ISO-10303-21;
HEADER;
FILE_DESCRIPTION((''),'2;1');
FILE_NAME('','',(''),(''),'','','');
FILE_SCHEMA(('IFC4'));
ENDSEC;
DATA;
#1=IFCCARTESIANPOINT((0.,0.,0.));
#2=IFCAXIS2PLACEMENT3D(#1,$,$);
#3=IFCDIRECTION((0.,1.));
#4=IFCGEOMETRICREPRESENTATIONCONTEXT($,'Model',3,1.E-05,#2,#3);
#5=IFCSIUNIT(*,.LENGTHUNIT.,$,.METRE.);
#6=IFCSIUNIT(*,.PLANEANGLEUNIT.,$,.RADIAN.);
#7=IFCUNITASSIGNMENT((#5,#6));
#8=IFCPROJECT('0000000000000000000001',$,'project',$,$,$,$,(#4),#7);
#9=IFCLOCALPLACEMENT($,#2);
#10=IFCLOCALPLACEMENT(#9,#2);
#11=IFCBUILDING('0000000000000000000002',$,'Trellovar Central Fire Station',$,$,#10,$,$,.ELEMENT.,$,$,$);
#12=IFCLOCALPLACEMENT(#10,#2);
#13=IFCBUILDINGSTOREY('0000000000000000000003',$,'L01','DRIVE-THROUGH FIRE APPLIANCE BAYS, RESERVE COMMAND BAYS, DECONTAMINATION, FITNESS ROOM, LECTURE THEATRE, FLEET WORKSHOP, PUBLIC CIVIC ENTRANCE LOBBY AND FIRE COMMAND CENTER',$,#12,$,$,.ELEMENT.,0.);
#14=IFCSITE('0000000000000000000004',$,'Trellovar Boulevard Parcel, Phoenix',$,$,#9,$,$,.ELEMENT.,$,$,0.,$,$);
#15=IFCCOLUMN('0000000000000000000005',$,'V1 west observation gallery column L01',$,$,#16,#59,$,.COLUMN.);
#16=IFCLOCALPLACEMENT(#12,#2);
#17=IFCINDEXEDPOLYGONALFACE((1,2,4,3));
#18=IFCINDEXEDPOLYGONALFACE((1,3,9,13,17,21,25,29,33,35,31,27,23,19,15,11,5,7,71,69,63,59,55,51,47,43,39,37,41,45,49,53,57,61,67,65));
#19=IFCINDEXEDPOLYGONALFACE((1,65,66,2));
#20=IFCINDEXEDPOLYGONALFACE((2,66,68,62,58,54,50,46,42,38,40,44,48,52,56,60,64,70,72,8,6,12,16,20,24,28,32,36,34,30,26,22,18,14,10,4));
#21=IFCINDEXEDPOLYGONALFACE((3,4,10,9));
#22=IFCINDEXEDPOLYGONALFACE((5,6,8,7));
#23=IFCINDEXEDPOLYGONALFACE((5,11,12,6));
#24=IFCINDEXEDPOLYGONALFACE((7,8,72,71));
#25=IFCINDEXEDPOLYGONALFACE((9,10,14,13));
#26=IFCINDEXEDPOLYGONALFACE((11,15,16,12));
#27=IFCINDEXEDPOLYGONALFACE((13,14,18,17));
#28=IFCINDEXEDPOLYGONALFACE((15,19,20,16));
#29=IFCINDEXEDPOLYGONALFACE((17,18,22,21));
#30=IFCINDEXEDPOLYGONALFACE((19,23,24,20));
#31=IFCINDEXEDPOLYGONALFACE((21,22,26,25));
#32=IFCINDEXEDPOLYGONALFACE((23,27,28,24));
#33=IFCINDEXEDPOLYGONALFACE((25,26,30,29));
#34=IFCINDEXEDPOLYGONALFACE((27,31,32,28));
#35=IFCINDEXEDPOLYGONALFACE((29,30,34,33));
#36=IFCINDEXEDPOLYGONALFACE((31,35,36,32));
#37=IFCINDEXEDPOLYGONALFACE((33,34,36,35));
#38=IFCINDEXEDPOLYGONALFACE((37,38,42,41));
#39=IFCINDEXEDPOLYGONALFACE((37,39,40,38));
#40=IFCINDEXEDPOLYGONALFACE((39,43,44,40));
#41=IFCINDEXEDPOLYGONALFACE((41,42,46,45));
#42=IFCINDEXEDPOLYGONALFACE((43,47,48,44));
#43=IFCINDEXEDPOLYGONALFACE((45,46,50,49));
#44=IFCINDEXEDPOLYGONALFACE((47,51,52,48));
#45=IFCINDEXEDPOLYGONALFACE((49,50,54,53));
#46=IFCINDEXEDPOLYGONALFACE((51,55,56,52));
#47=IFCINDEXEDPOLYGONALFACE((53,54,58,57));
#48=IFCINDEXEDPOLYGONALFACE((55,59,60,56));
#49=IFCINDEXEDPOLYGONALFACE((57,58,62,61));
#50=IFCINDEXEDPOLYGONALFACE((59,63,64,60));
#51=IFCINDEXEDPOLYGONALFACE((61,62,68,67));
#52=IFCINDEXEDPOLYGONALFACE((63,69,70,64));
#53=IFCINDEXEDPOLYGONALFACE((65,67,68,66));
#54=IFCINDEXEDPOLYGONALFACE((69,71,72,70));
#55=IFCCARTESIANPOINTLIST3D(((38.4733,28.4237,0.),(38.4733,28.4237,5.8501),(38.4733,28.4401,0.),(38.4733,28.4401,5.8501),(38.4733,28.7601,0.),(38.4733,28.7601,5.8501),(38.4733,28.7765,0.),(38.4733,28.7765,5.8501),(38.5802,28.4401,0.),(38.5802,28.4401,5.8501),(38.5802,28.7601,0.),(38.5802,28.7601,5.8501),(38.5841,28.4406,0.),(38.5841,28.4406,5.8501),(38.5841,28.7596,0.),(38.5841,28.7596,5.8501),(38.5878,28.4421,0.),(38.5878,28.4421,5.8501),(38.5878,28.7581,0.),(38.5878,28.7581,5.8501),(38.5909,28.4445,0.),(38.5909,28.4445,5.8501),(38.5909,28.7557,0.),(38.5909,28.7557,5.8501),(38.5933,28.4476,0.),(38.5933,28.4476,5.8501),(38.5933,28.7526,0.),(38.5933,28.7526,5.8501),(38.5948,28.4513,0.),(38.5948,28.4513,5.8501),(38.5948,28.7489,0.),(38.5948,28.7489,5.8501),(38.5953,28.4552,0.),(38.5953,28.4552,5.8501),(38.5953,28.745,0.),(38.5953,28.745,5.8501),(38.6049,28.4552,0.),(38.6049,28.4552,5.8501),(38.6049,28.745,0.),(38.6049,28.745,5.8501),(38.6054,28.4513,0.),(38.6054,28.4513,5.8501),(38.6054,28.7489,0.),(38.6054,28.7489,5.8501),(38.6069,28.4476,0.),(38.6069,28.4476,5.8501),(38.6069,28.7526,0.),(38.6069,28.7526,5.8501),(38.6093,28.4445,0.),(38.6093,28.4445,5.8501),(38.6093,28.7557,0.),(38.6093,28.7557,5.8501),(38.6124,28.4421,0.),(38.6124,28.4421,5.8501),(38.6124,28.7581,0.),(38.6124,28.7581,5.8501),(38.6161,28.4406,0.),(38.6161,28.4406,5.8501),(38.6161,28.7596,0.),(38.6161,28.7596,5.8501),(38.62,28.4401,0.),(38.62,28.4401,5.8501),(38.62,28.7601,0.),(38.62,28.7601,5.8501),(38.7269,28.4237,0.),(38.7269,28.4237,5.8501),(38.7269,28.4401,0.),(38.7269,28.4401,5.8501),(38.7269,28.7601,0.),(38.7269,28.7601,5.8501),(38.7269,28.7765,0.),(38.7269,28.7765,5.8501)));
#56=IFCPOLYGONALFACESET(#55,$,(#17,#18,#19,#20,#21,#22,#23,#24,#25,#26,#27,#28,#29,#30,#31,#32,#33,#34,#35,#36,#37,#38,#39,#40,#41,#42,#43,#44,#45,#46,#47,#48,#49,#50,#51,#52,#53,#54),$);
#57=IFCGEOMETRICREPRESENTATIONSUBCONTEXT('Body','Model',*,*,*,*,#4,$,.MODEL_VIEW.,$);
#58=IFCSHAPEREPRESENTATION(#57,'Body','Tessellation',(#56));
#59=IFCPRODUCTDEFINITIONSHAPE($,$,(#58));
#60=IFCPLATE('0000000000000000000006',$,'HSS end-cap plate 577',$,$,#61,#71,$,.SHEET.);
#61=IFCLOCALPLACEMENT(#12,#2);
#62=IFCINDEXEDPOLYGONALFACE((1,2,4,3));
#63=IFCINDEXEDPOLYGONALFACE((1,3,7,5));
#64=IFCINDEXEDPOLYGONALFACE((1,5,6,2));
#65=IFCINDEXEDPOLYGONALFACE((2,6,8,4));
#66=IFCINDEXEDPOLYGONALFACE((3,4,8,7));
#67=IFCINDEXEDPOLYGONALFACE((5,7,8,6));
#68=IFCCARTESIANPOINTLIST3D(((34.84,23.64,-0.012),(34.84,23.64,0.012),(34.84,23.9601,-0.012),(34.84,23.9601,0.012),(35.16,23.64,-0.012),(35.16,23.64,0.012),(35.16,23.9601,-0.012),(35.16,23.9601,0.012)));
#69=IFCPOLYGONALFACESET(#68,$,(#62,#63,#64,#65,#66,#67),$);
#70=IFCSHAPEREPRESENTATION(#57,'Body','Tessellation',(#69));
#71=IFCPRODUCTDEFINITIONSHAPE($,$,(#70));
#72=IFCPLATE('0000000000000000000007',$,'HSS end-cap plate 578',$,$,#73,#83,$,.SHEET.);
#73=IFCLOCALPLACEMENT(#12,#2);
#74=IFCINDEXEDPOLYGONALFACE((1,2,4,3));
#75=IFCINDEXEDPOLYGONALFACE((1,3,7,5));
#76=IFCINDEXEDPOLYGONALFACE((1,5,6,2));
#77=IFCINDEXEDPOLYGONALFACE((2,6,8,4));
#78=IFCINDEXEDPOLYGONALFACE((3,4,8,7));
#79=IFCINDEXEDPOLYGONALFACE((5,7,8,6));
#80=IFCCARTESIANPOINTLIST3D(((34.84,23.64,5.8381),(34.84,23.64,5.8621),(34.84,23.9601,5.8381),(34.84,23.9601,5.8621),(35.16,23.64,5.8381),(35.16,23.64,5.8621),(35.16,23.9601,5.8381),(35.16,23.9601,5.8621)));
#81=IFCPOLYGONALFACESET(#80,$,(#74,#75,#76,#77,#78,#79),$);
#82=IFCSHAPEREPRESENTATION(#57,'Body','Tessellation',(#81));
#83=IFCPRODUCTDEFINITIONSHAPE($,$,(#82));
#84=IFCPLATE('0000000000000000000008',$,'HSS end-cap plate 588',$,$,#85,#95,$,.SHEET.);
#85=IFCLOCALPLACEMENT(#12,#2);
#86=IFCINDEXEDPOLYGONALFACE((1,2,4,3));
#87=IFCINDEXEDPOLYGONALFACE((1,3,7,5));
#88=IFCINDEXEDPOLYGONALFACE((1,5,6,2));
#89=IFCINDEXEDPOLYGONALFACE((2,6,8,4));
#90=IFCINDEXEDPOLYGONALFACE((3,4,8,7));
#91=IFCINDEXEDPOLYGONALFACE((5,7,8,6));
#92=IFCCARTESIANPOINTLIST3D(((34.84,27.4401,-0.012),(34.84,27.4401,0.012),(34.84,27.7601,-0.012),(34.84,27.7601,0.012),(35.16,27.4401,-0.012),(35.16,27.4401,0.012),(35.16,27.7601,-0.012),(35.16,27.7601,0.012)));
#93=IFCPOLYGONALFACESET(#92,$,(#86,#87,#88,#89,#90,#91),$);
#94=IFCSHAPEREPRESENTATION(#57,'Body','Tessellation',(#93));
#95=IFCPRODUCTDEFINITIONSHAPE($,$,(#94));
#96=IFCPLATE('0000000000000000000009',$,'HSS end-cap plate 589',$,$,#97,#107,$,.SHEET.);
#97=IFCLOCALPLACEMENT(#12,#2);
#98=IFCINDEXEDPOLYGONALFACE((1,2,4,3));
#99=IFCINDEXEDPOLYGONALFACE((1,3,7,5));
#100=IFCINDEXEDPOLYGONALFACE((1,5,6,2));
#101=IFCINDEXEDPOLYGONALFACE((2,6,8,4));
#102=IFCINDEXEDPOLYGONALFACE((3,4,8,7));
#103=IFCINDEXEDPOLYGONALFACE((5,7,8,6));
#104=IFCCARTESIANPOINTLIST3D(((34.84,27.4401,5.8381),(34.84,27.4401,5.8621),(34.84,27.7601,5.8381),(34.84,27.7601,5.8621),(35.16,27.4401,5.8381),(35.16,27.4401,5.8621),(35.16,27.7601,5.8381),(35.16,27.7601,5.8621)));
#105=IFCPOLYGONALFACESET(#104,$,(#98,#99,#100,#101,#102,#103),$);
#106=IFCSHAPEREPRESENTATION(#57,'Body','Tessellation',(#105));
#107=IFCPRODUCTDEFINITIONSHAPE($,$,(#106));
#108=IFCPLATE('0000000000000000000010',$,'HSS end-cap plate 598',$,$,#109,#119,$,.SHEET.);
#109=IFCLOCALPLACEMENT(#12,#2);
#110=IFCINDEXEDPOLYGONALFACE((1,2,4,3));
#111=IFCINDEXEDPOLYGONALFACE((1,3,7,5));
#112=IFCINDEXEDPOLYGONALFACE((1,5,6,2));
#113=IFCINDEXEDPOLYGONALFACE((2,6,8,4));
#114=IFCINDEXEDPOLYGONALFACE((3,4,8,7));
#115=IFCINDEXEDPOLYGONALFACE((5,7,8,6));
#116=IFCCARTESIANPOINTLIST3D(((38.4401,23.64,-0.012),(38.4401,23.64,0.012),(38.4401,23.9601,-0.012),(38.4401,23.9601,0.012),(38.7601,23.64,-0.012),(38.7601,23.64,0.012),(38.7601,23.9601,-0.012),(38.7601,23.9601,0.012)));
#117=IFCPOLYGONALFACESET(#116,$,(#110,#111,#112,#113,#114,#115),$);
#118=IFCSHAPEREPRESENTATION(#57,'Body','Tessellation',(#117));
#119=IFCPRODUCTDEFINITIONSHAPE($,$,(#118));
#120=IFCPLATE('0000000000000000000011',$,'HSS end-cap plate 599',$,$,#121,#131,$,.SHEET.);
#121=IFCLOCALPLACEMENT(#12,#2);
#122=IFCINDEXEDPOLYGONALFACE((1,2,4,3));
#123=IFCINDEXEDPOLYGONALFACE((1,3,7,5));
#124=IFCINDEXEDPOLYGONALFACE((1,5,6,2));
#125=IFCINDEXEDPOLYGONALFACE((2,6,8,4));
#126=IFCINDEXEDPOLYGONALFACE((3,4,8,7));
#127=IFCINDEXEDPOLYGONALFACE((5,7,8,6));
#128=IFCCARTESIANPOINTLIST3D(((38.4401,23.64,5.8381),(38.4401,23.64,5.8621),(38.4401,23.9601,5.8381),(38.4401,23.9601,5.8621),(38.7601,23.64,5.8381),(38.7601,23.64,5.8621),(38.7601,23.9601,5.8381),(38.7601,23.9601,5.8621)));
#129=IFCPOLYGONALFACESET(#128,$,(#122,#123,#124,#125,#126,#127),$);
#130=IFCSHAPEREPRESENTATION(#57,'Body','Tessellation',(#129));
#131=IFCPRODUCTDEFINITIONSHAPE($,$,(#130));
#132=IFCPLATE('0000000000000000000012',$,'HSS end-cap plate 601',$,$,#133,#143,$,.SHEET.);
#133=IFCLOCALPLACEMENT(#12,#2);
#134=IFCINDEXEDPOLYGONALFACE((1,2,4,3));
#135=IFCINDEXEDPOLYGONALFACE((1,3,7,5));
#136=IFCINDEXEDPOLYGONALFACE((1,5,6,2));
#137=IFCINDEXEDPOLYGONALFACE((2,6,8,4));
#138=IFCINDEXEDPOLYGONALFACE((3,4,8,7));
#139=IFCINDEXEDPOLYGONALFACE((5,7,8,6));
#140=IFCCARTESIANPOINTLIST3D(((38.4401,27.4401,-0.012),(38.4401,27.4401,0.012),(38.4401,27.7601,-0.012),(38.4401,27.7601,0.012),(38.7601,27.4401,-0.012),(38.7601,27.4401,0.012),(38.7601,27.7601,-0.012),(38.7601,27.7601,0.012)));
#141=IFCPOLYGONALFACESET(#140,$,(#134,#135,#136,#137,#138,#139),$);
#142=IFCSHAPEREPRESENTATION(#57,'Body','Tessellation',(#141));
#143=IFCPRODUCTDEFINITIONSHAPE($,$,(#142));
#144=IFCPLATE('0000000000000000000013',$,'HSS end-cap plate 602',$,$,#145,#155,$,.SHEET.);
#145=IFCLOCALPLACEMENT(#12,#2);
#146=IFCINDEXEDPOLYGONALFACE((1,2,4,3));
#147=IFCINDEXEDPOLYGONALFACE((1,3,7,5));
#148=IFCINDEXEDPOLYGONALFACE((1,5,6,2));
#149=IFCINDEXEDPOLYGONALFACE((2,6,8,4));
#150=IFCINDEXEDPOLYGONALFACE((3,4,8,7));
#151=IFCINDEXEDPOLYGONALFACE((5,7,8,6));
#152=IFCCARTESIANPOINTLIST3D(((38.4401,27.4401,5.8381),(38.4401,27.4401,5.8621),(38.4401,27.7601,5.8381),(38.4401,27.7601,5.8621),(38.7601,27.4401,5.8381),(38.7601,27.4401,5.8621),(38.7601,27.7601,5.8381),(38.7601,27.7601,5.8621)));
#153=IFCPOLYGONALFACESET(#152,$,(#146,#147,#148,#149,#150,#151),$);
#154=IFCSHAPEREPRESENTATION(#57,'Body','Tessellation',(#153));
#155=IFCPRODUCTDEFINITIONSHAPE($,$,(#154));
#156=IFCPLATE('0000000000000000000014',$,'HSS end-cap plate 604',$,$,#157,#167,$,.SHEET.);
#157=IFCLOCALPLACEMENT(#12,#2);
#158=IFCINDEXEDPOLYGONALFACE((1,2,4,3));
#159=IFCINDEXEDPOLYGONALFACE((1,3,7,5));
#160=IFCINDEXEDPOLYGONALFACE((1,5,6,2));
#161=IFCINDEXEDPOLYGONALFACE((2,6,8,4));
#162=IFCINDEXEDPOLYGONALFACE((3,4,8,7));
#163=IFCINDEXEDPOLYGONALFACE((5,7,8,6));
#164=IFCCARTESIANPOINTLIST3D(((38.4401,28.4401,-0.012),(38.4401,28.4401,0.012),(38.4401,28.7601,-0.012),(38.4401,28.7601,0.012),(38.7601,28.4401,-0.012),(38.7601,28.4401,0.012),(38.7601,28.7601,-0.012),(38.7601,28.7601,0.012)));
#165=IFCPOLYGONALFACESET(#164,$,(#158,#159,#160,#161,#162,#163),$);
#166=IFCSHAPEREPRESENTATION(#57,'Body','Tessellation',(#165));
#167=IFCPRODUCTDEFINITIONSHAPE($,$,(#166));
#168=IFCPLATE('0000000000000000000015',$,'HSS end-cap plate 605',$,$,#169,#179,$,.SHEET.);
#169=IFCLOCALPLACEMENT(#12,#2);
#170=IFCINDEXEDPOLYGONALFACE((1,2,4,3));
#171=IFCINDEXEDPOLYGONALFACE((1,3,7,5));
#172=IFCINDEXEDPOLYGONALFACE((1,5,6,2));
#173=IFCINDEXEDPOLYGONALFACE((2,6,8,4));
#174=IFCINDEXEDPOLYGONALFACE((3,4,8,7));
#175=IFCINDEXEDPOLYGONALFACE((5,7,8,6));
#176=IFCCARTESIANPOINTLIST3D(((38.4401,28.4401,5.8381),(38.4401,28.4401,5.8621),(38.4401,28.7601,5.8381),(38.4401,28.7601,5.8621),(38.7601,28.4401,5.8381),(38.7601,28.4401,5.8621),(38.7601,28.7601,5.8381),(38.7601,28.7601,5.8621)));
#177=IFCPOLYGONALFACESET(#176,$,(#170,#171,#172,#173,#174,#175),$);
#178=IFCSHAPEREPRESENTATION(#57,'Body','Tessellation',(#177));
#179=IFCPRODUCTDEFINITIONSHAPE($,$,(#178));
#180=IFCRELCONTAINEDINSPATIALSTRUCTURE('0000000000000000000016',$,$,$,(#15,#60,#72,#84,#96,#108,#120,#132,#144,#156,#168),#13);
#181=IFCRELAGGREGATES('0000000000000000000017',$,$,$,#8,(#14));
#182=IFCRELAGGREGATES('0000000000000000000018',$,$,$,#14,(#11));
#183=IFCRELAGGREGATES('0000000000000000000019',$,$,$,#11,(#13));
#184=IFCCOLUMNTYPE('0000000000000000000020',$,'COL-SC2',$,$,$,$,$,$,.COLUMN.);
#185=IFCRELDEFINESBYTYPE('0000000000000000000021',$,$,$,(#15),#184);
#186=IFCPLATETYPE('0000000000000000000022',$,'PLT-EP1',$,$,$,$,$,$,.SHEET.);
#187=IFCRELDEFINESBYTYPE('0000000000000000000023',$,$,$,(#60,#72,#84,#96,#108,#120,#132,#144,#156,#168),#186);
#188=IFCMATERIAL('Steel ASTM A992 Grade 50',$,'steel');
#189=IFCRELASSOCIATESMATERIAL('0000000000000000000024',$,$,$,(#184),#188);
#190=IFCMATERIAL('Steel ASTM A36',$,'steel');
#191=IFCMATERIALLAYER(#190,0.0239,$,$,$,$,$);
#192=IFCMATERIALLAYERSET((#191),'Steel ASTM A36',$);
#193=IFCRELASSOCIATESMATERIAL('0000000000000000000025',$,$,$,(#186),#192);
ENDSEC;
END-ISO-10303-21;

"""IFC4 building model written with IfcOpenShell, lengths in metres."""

from ifc_helpers import new_model, si_unit, direction, frame, origin, origin_2d, place, context, subcontext, project, spatial, rectangle, i_section, extrude, material, layer, layer_set, material_profile, profile_set, type_object, element, save


model = new_model("IFC4")

# Units and contexts
model_context = context("Model", 3, precision=1e-05, world=origin(), true_north=direction((0.0, 1.0)))
body_context = subcontext(model_context, "Body", "Model", "MODEL_VIEW")
ifc_project = project(units=[si_unit("LENGTHUNIT", "METRE"), si_unit("PLANEANGLEUNIT", "RADIAN")], contexts=[model_context])

# Site, building, storey
site_placement = place(None, origin())
site = spatial("IfcSite", under=ifc_project, at=site_placement, Name="Trellovar Boulevard Parcel, Phoenix", CompositionType="ELEMENT", RefElevation=0.0)
building_placement = place(site_placement, origin())
building = spatial("IfcBuilding", under=site, at=building_placement, Name="Trellovar Central Fire Station", CompositionType="ELEMENT")
storey_placement = place(building_placement, origin())
storey = spatial("IfcBuildingStorey", under=building, at=storey_placement, Name="L01", Description="DRIVE-THROUGH FIRE APPLIANCE BAYS, RESERVE COMMAND BAYS, DECONTAMINATION, FITNESS ROOM, LECTURE THEATRE, FLEET WORKSHOP, PUBLIC CIVIC ENTRANCE LOBBY AND FIRE COMMAND CENTER", CompositionType="ELEMENT", Elevation=0.0)

# Column
ifc_material_1 = material(Name="Steel ASTM A992 Grade 50", Category="steel")
ifc_material_profile_1 = material_profile(ifc_material_1, i_section(OverallWidth=0.2537, OverallDepth=0.3528, WebThickness=0.0095, FlangeThickness=0.0164, FilletRadius=0.0151, at=origin_2d()), Name="W14X61")
ifc_profile_set_1 = profile_set([ifc_material_profile_1], Name="Steel ASTM A992 Grade 50")
column_type_1 = type_object("IfcColumnType", Name="COL-SC2", PredefinedType="COLUMN", material=ifc_profile_set_1)
for number, where, z_axis, x_axis, name in (
    (1, (38.6001, 28.6001, 0.0), (0.0, 0.0, 1.0), (1.0, 0.0, 0.0), "V1 west observation gallery column L01"),
):
    element("IfcColumn", number, at=place(storey_placement, frame(where, z_axis=z_axis, x_axis=x_axis)), inside=storey, type_object=column_type_1, Name=name, PredefinedType="COLUMN", context=body_context, shape_type="SweptSolid", body=[
        extrude(i_section(OverallWidth=0.2537, OverallDepth=0.3528, WebThickness=0.0095, FlangeThickness=0.0164, FilletRadius=0.0151, at=origin_2d()), origin(), (0.0, 0.0, 1.0), 5.8501),
    ])

# Plates
ifc_material_2 = material(Name="Steel ASTM A36", Category="steel")
ifc_layer_1 = layer(ifc_material_2, 0.0239)
ifc_layer_set_1 = layer_set([ifc_layer_1], Name="Steel ASTM A36")
plate_type = type_object("IfcPlateType", Name="PLT-EP1", PredefinedType="SHEET", material=ifc_layer_set_1)
for number, where, z_axis, x_axis, name in (
    (2, (35.0, 23.8, -0.012), (0.0, 0.0, 1.0), (1.0, 0.0, 0.0), "HSS end-cap plate 577"),
    (3, (35.0, 23.8, 5.8381), (0.0, 0.0, 1.0), (1.0, 0.0, 0.0), "HSS end-cap plate 578"),
    (4, (35.0, 27.6001, -0.012), (0.0, 0.0, 1.0), (1.0, 0.0, 0.0), "HSS end-cap plate 588"),
    (5, (35.0, 27.6001, 5.8381), (0.0, 0.0, 1.0), (1.0, 0.0, 0.0), "HSS end-cap plate 589"),
    (6, (38.6001, 23.8, -0.012), (0.0, 0.0, 1.0), (1.0, 0.0, 0.0), "HSS end-cap plate 598"),
    (7, (38.6001, 23.8, 5.8381), (0.0, 0.0, 1.0), (1.0, 0.0, 0.0), "HSS end-cap plate 599"),
    (8, (38.6001, 27.6001, -0.012), (0.0, 0.0, 1.0), (1.0, 0.0, 0.0), "HSS end-cap plate 601"),
    (9, (38.6001, 27.6001, 5.8381), (0.0, 0.0, 1.0), (1.0, 0.0, 0.0), "HSS end-cap plate 602"),
    (10, (38.6001, 28.6001, -0.012), (0.0, 0.0, 1.0), (1.0, 0.0, 0.0), "HSS end-cap plate 604"),
    (11, (38.6001, 28.6001, 5.8381), (0.0, 0.0, 1.0), (1.0, 0.0, 0.0), "HSS end-cap plate 605"),
):
    element("IfcPlate", number, at=place(storey_placement, frame(where, z_axis=z_axis, x_axis=x_axis)), inside=storey, type_object=plate_type, Name=name, PredefinedType="SHEET", context=body_context, shape_type="SweptSolid", body=[
        extrude(rectangle(XDim=0.3201, YDim=0.3201, at=origin_2d()), origin(), (0.0, 0.0, 1.0), 0.0239),
    ])

save(model, "model.ifc")
